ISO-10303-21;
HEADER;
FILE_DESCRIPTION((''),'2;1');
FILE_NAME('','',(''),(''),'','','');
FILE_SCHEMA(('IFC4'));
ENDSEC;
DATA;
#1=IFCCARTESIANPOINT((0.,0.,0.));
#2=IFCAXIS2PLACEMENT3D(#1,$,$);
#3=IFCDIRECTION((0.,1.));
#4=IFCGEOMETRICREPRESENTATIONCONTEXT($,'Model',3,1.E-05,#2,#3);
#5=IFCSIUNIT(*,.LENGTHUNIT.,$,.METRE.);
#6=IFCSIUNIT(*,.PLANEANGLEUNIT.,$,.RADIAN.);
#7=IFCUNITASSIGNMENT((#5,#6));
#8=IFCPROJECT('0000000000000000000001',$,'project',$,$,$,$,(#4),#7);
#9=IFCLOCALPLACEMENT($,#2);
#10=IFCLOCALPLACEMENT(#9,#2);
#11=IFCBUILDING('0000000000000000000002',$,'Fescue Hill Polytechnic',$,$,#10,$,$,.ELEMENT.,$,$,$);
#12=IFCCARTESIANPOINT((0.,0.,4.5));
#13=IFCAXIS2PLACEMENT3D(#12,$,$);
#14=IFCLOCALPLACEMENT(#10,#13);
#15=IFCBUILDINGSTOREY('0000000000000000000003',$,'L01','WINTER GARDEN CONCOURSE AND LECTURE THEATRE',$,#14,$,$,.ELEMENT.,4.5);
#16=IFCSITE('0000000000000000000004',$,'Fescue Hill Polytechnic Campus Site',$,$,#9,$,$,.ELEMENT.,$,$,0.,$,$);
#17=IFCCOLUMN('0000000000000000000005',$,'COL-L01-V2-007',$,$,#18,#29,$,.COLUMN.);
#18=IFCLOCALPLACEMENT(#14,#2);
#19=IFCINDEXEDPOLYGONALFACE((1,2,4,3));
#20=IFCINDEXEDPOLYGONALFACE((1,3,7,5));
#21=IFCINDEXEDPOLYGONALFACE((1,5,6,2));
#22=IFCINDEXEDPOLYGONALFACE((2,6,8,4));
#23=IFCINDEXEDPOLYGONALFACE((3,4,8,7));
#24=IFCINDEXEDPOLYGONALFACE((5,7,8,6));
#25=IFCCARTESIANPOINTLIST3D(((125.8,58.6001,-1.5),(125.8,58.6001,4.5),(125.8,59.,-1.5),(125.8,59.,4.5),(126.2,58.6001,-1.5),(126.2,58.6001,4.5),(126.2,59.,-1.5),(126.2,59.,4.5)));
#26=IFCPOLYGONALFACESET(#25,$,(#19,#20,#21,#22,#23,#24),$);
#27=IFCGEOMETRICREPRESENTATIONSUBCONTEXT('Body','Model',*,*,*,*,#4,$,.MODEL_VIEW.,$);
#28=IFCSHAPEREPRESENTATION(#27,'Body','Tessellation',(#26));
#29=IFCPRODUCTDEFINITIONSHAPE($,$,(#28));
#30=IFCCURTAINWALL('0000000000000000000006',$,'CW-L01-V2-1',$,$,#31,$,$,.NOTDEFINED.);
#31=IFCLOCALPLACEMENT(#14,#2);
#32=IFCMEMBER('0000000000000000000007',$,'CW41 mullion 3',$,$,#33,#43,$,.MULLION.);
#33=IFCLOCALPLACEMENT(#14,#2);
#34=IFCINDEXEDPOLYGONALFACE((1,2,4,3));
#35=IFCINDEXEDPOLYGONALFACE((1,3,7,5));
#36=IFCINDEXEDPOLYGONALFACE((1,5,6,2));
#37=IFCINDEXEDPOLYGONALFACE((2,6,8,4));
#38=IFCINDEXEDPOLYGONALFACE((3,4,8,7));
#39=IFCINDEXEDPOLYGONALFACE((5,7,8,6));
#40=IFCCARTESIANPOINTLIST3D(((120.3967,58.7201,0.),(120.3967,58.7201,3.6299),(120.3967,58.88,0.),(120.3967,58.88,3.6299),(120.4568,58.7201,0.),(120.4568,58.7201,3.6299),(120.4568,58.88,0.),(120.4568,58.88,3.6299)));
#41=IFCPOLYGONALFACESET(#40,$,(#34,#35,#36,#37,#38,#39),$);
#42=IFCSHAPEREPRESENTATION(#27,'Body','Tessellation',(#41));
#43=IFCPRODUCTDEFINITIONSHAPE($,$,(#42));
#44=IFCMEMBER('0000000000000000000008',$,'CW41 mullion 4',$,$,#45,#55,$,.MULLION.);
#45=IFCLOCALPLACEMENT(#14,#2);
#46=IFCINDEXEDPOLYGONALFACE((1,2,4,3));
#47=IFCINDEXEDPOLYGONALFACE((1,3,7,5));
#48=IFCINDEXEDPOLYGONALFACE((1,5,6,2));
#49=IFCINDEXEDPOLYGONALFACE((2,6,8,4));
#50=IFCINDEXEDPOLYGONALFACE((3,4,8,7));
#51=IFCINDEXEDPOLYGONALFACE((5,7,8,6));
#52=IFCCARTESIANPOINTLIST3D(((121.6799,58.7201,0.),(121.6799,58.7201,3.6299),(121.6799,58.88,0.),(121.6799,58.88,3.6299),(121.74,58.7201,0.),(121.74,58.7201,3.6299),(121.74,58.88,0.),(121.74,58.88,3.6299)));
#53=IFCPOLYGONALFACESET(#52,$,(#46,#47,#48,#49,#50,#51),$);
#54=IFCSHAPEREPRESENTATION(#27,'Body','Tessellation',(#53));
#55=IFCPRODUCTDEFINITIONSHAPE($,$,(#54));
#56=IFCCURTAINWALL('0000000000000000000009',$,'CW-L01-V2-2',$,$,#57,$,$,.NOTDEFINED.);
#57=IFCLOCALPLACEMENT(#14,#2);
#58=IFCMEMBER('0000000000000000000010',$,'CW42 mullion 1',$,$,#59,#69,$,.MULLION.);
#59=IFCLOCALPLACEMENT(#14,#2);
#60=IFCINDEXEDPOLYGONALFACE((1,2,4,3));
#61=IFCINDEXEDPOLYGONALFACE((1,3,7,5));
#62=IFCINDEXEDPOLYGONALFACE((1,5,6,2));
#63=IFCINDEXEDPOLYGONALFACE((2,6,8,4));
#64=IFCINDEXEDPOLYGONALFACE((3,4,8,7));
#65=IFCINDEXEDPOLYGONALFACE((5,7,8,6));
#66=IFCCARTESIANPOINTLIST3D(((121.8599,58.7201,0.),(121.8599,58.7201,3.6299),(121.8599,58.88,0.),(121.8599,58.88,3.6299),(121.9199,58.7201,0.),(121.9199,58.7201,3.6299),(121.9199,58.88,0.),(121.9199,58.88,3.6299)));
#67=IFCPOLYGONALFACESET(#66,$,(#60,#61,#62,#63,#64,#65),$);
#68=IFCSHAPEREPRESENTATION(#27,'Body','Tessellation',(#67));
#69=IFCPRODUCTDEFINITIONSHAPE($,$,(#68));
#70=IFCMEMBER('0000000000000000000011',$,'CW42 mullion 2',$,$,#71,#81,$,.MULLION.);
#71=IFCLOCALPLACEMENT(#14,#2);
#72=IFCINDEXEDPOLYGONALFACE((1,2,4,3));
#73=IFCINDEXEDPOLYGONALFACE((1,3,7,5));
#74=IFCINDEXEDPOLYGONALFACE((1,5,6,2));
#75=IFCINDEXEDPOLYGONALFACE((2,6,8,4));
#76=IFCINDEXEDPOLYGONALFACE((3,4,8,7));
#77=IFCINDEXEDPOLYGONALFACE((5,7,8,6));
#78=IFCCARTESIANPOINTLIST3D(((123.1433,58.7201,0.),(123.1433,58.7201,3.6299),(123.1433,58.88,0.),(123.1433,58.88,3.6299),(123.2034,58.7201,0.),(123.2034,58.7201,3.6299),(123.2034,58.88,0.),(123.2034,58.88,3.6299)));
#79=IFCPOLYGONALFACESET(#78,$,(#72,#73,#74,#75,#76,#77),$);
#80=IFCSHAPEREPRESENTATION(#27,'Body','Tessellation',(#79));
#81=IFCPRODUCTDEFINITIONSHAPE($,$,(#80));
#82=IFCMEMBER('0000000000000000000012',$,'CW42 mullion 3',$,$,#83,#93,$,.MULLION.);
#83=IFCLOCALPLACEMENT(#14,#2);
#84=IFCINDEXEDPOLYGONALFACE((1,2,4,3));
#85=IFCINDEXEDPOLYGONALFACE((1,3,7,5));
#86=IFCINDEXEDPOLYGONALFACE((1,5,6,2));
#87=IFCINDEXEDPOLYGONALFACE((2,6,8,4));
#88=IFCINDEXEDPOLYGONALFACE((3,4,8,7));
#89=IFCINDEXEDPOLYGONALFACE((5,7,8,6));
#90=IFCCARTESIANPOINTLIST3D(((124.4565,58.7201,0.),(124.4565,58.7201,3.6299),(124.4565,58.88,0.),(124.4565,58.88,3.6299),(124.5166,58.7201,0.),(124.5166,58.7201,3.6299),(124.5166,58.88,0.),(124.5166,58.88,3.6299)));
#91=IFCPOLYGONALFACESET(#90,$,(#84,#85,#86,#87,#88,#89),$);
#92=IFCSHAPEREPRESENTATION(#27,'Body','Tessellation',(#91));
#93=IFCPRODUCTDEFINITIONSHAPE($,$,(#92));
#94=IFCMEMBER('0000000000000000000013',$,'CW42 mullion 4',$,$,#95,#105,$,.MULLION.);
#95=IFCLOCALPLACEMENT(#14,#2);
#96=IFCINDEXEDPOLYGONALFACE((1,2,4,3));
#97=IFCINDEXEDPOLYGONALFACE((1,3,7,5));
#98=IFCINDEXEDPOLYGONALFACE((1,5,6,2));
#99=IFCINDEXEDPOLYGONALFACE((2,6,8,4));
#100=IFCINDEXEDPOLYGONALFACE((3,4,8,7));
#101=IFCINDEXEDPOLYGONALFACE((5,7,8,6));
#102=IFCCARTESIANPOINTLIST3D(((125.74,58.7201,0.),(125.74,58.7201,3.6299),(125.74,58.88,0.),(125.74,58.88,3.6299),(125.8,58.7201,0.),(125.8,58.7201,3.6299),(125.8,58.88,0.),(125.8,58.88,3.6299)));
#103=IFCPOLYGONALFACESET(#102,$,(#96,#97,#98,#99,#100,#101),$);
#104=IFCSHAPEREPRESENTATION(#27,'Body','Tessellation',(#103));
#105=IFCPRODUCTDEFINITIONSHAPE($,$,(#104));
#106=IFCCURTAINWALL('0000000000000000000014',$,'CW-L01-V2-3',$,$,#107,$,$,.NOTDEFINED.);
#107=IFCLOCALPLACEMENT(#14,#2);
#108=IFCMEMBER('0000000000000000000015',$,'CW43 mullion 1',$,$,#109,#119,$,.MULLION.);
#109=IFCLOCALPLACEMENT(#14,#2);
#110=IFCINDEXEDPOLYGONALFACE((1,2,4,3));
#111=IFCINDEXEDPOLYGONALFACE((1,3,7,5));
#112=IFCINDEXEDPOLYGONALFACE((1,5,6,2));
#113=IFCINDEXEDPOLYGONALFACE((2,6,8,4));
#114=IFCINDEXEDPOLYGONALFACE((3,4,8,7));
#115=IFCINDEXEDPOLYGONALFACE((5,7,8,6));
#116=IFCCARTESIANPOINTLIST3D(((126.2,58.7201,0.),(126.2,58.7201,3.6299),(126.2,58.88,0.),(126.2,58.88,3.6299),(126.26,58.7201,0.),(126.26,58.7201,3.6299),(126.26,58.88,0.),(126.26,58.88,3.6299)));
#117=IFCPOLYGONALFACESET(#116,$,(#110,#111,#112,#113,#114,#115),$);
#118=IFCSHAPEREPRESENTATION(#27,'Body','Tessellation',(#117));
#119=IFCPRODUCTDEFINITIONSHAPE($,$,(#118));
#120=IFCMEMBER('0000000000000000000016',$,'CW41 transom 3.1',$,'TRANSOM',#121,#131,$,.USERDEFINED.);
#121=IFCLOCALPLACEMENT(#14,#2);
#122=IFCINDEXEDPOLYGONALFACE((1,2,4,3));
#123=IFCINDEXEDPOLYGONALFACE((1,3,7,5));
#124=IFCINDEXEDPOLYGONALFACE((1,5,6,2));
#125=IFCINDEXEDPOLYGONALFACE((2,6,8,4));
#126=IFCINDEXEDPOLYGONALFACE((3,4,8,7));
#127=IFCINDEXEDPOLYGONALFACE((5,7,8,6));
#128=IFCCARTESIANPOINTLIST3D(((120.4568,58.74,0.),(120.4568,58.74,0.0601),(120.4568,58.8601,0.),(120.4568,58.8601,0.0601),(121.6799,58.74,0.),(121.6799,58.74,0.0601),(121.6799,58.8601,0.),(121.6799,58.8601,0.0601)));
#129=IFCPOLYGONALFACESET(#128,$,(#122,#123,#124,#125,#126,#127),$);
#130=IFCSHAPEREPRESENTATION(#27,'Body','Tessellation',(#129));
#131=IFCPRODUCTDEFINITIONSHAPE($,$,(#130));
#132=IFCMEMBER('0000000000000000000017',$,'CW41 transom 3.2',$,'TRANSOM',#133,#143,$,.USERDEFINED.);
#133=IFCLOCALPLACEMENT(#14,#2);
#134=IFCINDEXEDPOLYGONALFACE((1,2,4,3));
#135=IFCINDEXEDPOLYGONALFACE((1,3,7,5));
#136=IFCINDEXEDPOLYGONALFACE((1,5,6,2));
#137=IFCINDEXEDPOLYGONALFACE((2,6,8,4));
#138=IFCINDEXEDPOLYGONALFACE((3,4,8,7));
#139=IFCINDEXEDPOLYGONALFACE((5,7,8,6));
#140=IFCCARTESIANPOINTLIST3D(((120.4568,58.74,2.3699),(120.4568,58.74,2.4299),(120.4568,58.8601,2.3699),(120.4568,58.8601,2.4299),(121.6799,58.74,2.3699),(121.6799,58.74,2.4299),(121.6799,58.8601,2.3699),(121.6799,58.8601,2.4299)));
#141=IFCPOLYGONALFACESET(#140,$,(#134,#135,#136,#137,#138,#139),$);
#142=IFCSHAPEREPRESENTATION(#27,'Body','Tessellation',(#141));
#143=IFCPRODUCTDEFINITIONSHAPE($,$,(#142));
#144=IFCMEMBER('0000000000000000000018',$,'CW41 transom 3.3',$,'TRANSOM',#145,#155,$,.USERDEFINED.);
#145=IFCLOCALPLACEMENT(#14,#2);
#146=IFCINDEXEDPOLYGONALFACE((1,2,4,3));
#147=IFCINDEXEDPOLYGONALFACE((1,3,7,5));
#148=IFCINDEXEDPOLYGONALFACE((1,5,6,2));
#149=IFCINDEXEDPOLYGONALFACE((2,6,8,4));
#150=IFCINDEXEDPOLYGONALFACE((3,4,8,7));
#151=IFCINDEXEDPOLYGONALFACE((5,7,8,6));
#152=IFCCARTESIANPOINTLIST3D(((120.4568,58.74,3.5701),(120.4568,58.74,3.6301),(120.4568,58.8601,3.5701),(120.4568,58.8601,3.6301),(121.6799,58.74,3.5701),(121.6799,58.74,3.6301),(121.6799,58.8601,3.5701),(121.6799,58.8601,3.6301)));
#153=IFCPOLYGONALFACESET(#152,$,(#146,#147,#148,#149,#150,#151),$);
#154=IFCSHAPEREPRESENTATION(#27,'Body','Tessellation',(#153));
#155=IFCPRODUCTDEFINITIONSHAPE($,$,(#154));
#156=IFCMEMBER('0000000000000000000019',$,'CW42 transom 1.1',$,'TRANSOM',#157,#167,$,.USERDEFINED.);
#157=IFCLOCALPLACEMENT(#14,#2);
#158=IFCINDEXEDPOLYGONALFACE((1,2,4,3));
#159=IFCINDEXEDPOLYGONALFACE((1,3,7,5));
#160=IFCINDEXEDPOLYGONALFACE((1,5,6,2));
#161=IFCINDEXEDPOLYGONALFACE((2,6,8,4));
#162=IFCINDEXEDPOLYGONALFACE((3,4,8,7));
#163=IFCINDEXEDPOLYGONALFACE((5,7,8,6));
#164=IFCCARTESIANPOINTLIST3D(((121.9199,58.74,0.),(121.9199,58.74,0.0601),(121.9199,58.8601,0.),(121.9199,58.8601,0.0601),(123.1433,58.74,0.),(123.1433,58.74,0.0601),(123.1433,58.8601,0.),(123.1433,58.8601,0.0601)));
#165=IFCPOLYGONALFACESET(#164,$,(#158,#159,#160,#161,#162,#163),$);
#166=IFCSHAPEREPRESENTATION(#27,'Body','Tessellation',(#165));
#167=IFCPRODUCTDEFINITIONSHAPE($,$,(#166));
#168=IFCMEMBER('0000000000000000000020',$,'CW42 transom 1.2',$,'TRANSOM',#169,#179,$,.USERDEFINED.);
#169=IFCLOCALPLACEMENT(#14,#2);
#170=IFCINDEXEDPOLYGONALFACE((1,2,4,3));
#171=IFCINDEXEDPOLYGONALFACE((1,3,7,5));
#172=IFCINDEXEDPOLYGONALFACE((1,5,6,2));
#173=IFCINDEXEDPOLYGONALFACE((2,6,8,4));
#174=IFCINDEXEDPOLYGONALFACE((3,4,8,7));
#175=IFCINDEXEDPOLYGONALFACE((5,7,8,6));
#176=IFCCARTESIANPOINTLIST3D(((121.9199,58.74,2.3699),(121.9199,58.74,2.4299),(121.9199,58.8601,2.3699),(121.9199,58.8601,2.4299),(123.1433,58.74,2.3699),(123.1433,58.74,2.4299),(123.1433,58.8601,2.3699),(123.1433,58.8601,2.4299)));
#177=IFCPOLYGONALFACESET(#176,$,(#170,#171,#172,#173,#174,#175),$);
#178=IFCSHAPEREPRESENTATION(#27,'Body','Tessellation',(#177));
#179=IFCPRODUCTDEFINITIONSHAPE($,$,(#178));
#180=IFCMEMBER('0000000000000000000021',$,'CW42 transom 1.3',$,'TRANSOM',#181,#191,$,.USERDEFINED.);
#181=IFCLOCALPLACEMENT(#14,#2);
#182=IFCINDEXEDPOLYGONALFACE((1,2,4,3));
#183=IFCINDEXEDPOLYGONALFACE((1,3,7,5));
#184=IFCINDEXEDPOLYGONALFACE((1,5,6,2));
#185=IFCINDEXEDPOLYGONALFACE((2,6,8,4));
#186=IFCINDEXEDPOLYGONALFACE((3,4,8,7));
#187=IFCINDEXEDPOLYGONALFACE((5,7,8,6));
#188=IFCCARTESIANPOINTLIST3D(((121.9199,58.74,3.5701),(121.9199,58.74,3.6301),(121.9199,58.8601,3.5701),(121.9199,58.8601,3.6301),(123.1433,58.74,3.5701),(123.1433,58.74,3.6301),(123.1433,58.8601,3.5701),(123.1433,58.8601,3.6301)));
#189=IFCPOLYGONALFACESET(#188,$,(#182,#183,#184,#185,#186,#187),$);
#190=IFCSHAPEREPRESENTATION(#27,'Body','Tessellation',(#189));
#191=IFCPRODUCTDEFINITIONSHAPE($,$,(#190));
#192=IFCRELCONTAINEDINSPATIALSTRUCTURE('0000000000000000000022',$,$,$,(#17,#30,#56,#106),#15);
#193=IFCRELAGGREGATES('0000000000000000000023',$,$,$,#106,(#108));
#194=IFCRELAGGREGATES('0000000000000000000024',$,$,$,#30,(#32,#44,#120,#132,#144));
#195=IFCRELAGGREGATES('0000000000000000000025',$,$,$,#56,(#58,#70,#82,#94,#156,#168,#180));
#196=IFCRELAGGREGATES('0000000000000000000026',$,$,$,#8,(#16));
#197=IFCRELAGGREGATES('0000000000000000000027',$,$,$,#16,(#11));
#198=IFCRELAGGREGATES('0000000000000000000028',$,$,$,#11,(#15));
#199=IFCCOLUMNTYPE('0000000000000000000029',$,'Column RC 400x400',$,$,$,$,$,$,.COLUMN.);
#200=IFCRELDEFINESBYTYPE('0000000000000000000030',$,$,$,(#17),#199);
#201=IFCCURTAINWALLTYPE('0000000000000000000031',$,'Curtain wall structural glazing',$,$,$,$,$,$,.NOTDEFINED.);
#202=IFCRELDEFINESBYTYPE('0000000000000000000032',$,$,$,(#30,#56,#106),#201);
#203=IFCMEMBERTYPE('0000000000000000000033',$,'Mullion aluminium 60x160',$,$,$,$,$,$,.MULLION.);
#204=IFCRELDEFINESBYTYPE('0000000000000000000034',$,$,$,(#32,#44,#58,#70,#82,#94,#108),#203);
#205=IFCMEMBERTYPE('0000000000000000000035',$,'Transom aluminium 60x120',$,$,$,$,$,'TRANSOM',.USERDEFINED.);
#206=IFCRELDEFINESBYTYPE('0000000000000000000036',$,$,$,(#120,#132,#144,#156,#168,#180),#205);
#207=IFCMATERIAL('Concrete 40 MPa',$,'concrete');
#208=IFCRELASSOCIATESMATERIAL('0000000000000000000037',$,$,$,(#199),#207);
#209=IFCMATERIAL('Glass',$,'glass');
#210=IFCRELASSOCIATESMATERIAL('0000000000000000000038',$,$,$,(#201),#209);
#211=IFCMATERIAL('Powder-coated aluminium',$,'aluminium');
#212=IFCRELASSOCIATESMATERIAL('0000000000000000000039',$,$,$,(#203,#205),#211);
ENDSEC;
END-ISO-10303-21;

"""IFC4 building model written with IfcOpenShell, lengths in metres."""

from ifc_helpers import new_model, si_unit, direction, frame, origin, origin_2d, place, context, subcontext, project, spatial, rectangle, extrude, material, material_profile, profile_set, type_object, element, aggregate, save


model = new_model("IFC4")

# Units and contexts
model_context = context("Model", 3, precision=1e-05, world=origin(), true_north=direction((0.0, 1.0)))
body_context = subcontext(model_context, "Body", "Model", "MODEL_VIEW")
ifc_project = project(units=[si_unit("LENGTHUNIT", "METRE"), si_unit("PLANEANGLEUNIT", "RADIAN")], contexts=[model_context])

# Site, building, storey
site_placement = place(None, origin())
site = spatial("IfcSite", under=ifc_project, at=site_placement, Name="Fescue Hill Polytechnic Campus Site", CompositionType="ELEMENT", RefElevation=0.0)
building_placement = place(site_placement, origin())
building = spatial("IfcBuilding", under=site, at=building_placement, Name="Fescue Hill Polytechnic", CompositionType="ELEMENT")
storey_placement = place(building_placement, frame((0.0, 0.0, 4.5)))
storey = spatial("IfcBuildingStorey", under=building, at=storey_placement, Name="L01", Description="WINTER GARDEN CONCOURSE AND LECTURE THEATRE", CompositionType="ELEMENT", Elevation=4.5)

# Column
ifc_material_1 = material(Name="Concrete 40 MPa", Category="concrete")
ifc_material_profile_1 = material_profile(ifc_material_1, rectangle(XDim=0.3999, YDim=0.3999, at=origin_2d()), Name="RC 400x400")
ifc_profile_set_1 = profile_set([ifc_material_profile_1], Name="Concrete 40 MPa")
column_type = type_object("IfcColumnType", Name="Column RC 400x400", PredefinedType="COLUMN", material=ifc_profile_set_1)
column_placement = place(storey_placement, frame((126.0, 58.8, -1.5), z_axis=(0.0, 0.0, 1.0), x_axis=(1.0, 0.0, 0.0)))
element("IfcColumn", 1, at=column_placement, inside=storey, type_object=column_type, Name="COL-L01-V2-007", PredefinedType="COLUMN", context=body_context, shape_type="SweptSolid", body=[
    extrude(rectangle(XDim=0.3999, YDim=0.3999, at=origin_2d()), origin(), (0.0, 0.0, 1.0), 6.0),
])

# Curtain walls, members
ifc_material_2 = material(Name="Glass", Category="glass")
curtain_wall_type = type_object("IfcCurtainWallType", Name="Curtain wall structural glazing", PredefinedType="NOTDEFINED", material=ifc_material_2)
curtain_wall_1_placement = place(storey_placement, origin())
curtain_wall_1 = element("IfcCurtainWall", 2, at=curtain_wall_1_placement, inside=storey, type_object=curtain_wall_type, Name="CW-L01-V2-1", PredefinedType="NOTDEFINED")
ifc_material_3 = material(Name="Powder-coated aluminium", Category="aluminium")
ifc_material_profile_2 = material_profile(ifc_material_3, rectangle(XDim=0.1599, YDim=0.0601, at=origin_2d()), Name="Mullion aluminium 60x160")
ifc_profile_set_2 = profile_set([ifc_material_profile_2], Name="Powder-coated aluminium")
member_type_1 = type_object("IfcMemberType", Name="Mullion aluminium 60x160", PredefinedType="MULLION", material=ifc_profile_set_2)
member_1_placement = place(storey_placement, frame((120.4268, 58.8, 0.0), z_axis=(0.0, 0.0, 1.0), x_axis=(0.0, 1.0, 0.0)))
member_1 = element("IfcMember", 3, at=member_1_placement, type_object=member_type_1, Name="CW41 mullion 3", PredefinedType="MULLION", context=body_context, shape_type="SweptSolid", body=[
    extrude(rectangle(XDim=0.1599, YDim=0.0601, at=origin_2d()), origin(), (0.0, 0.0, 1.0), 3.6299),
])
member_2_placement = place(storey_placement, frame((121.71, 58.8, 0.0), z_axis=(0.0, 0.0, 1.0), x_axis=(0.0, 1.0, 0.0)))
member_2 = element("IfcMember", 4, at=member_2_placement, type_object=member_type_1, Name="CW41 mullion 4", PredefinedType="MULLION", context=body_context, shape_type="SweptSolid", body=[
    extrude(rectangle(XDim=0.1599, YDim=0.0601, at=origin_2d()), origin(), (0.0, 0.0, 1.0), 3.6299),
])
curtain_wall_2_placement = place(storey_placement, origin())
curtain_wall_2 = element("IfcCurtainWall", 5, at=curtain_wall_2_placement, inside=storey, type_object=curtain_wall_type, Name="CW-L01-V2-2", PredefinedType="NOTDEFINED")
member_3_placement = place(storey_placement, frame((121.8899, 58.8, 0.0), z_axis=(0.0, 0.0, 1.0), x_axis=(0.0, 1.0, 0.0)))
member_3 = element("IfcMember", 6, at=member_3_placement, type_object=member_type_1, Name="CW42 mullion 1", PredefinedType="MULLION", context=body_context, shape_type="SweptSolid", body=[
    extrude(rectangle(XDim=0.1599, YDim=0.0601, at=origin_2d()), origin(), (0.0, 0.0, 1.0), 3.6299),
])
member_4_placement = place(storey_placement, frame((123.1733, 58.8, 0.0), z_axis=(0.0, 0.0, 1.0), x_axis=(0.0, 1.0, 0.0)))
member_4 = element("IfcMember", 7, at=member_4_placement, type_object=member_type_1, Name="CW42 mullion 2", PredefinedType="MULLION", context=body_context, shape_type="SweptSolid", body=[
    extrude(rectangle(XDim=0.1599, YDim=0.0601, at=origin_2d()), origin(), (0.0, 0.0, 1.0), 3.6299),
])
member_5_placement = place(storey_placement, frame((124.4866, 58.8, 0.0), z_axis=(0.0, 0.0, 1.0), x_axis=(0.0, 1.0, 0.0)))
member_5 = element("IfcMember", 8, at=member_5_placement, type_object=member_type_1, Name="CW42 mullion 3", PredefinedType="MULLION", context=body_context, shape_type="SweptSolid", body=[
    extrude(rectangle(XDim=0.1599, YDim=0.0601, at=origin_2d()), origin(), (0.0, 0.0, 1.0), 3.6299),
])
member_6_placement = place(storey_placement, frame((125.77, 58.8, 0.0), z_axis=(0.0, 0.0, 1.0), x_axis=(0.0, 1.0, 0.0)))
member_6 = element("IfcMember", 9, at=member_6_placement, type_object=member_type_1, Name="CW42 mullion 4", PredefinedType="MULLION", context=body_context, shape_type="SweptSolid", body=[
    extrude(rectangle(XDim=0.1599, YDim=0.0601, at=origin_2d()), origin(), (0.0, 0.0, 1.0), 3.6299),
])

# Curtain wall, member
curtain_wall_3_placement = place(storey_placement, origin())
curtain_wall_3 = element("IfcCurtainWall", 10, at=curtain_wall_3_placement, inside=storey, type_object=curtain_wall_type, Name="CW-L01-V2-3", PredefinedType="NOTDEFINED")
member_7_placement = place(storey_placement, frame((126.23, 58.8, 0.0), z_axis=(0.0, 0.0, 1.0), x_axis=(0.0, 1.0, 0.0)))
member_7 = element("IfcMember", 11, at=member_7_placement, type_object=member_type_1, Name="CW43 mullion 1", PredefinedType="MULLION", context=body_context, shape_type="SweptSolid", body=[
    extrude(rectangle(XDim=0.1599, YDim=0.0601, at=origin_2d()), origin(), (0.0, 0.0, 1.0), 3.6299),
])

# Members
ifc_material_profile_3 = material_profile(ifc_material_3, rectangle(XDim=0.1201, YDim=0.0601, at=origin_2d()), Name="Transom aluminium 60x120")
ifc_profile_set_3 = profile_set([ifc_material_profile_3], Name="Powder-coated aluminium")
member_type_2 = type_object("IfcMemberType", Name="Transom aluminium 60x120", ElementType="TRANSOM", PredefinedType="USERDEFINED", material=ifc_profile_set_3)
member_8_placement = place(storey_placement, frame((120.4568, 58.8, 0.03), z_axis=(1.0, 0.0, 0.0), x_axis=(0.0, 1.0, 0.0)))
member_8 = element("IfcMember", 12, at=member_8_placement, type_object=member_type_2, Name="CW41 transom 3.1", ObjectType="TRANSOM", PredefinedType="USERDEFINED", context=body_context, shape_type="SweptSolid", body=[
    extrude(rectangle(XDim=0.1201, YDim=0.0601, at=origin_2d()), origin(), (0.0, 0.0, 1.0), 1.2231),
])
member_9_placement = place(storey_placement, frame((120.4568, 58.8, 2.3999), z_axis=(1.0, 0.0, 0.0), x_axis=(0.0, 1.0, 0.0)))
member_9 = element("IfcMember", 13, at=member_9_placement, type_object=member_type_2, Name="CW41 transom 3.2", ObjectType="TRANSOM", PredefinedType="USERDEFINED", context=body_context, shape_type="SweptSolid", body=[
    extrude(rectangle(XDim=0.1201, YDim=0.0601, at=origin_2d()), origin(), (0.0, 0.0, 1.0), 1.2231),
])
member_10_placement = place(storey_placement, frame((120.4568, 58.8, 3.6001), z_axis=(1.0, 0.0, 0.0), x_axis=(0.0, 1.0, 0.0)))
member_10 = element("IfcMember", 14, at=member_10_placement, type_object=member_type_2, Name="CW41 transom 3.3", ObjectType="TRANSOM", PredefinedType="USERDEFINED", context=body_context, shape_type="SweptSolid", body=[
    extrude(rectangle(XDim=0.1201, YDim=0.0601, at=origin_2d()), origin(), (0.0, 0.0, 1.0), 1.2231),
])
member_11_placement = place(storey_placement, frame((121.9199, 58.8, 0.03), z_axis=(1.0, 0.0, 0.0), x_axis=(0.0, 1.0, 0.0)))
member_11 = element("IfcMember", 15, at=member_11_placement, type_object=member_type_2, Name="CW42 transom 1.1", ObjectType="TRANSOM", PredefinedType="USERDEFINED", context=body_context, shape_type="SweptSolid", body=[
    extrude(rectangle(XDim=0.1201, YDim=0.0601, at=origin_2d()), origin(), (0.0, 0.0, 1.0), 1.2234),
])
member_12_placement = place(storey_placement, frame((121.9199, 58.8, 2.3999), z_axis=(1.0, 0.0, 0.0), x_axis=(0.0, 1.0, 0.0)))
member_12 = element("IfcMember", 16, at=member_12_placement, type_object=member_type_2, Name="CW42 transom 1.2", ObjectType="TRANSOM", PredefinedType="USERDEFINED", context=body_context, shape_type="SweptSolid", body=[
    extrude(rectangle(XDim=0.1201, YDim=0.0601, at=origin_2d()), origin(), (0.0, 0.0, 1.0), 1.2234),
])
member_13_placement = place(storey_placement, frame((121.9199, 58.8, 3.6001), z_axis=(1.0, 0.0, 0.0), x_axis=(0.0, 1.0, 0.0)))
member_13 = element("IfcMember", 17, at=member_13_placement, type_object=member_type_2, Name="CW42 transom 1.3", ObjectType="TRANSOM", PredefinedType="USERDEFINED", context=body_context, shape_type="SweptSolid", body=[
    extrude(rectangle(XDim=0.1201, YDim=0.0601, at=origin_2d()), origin(), (0.0, 0.0, 1.0), 1.2234),
])
aggregate(curtain_wall_3, [member_7])

aggregate(curtain_wall_1, [member_1, member_2, member_8, member_9, member_10])
aggregate(curtain_wall_2, [member_3, member_4, member_5, member_6, member_11, member_12, member_13])

save(model, "model.ifc")
